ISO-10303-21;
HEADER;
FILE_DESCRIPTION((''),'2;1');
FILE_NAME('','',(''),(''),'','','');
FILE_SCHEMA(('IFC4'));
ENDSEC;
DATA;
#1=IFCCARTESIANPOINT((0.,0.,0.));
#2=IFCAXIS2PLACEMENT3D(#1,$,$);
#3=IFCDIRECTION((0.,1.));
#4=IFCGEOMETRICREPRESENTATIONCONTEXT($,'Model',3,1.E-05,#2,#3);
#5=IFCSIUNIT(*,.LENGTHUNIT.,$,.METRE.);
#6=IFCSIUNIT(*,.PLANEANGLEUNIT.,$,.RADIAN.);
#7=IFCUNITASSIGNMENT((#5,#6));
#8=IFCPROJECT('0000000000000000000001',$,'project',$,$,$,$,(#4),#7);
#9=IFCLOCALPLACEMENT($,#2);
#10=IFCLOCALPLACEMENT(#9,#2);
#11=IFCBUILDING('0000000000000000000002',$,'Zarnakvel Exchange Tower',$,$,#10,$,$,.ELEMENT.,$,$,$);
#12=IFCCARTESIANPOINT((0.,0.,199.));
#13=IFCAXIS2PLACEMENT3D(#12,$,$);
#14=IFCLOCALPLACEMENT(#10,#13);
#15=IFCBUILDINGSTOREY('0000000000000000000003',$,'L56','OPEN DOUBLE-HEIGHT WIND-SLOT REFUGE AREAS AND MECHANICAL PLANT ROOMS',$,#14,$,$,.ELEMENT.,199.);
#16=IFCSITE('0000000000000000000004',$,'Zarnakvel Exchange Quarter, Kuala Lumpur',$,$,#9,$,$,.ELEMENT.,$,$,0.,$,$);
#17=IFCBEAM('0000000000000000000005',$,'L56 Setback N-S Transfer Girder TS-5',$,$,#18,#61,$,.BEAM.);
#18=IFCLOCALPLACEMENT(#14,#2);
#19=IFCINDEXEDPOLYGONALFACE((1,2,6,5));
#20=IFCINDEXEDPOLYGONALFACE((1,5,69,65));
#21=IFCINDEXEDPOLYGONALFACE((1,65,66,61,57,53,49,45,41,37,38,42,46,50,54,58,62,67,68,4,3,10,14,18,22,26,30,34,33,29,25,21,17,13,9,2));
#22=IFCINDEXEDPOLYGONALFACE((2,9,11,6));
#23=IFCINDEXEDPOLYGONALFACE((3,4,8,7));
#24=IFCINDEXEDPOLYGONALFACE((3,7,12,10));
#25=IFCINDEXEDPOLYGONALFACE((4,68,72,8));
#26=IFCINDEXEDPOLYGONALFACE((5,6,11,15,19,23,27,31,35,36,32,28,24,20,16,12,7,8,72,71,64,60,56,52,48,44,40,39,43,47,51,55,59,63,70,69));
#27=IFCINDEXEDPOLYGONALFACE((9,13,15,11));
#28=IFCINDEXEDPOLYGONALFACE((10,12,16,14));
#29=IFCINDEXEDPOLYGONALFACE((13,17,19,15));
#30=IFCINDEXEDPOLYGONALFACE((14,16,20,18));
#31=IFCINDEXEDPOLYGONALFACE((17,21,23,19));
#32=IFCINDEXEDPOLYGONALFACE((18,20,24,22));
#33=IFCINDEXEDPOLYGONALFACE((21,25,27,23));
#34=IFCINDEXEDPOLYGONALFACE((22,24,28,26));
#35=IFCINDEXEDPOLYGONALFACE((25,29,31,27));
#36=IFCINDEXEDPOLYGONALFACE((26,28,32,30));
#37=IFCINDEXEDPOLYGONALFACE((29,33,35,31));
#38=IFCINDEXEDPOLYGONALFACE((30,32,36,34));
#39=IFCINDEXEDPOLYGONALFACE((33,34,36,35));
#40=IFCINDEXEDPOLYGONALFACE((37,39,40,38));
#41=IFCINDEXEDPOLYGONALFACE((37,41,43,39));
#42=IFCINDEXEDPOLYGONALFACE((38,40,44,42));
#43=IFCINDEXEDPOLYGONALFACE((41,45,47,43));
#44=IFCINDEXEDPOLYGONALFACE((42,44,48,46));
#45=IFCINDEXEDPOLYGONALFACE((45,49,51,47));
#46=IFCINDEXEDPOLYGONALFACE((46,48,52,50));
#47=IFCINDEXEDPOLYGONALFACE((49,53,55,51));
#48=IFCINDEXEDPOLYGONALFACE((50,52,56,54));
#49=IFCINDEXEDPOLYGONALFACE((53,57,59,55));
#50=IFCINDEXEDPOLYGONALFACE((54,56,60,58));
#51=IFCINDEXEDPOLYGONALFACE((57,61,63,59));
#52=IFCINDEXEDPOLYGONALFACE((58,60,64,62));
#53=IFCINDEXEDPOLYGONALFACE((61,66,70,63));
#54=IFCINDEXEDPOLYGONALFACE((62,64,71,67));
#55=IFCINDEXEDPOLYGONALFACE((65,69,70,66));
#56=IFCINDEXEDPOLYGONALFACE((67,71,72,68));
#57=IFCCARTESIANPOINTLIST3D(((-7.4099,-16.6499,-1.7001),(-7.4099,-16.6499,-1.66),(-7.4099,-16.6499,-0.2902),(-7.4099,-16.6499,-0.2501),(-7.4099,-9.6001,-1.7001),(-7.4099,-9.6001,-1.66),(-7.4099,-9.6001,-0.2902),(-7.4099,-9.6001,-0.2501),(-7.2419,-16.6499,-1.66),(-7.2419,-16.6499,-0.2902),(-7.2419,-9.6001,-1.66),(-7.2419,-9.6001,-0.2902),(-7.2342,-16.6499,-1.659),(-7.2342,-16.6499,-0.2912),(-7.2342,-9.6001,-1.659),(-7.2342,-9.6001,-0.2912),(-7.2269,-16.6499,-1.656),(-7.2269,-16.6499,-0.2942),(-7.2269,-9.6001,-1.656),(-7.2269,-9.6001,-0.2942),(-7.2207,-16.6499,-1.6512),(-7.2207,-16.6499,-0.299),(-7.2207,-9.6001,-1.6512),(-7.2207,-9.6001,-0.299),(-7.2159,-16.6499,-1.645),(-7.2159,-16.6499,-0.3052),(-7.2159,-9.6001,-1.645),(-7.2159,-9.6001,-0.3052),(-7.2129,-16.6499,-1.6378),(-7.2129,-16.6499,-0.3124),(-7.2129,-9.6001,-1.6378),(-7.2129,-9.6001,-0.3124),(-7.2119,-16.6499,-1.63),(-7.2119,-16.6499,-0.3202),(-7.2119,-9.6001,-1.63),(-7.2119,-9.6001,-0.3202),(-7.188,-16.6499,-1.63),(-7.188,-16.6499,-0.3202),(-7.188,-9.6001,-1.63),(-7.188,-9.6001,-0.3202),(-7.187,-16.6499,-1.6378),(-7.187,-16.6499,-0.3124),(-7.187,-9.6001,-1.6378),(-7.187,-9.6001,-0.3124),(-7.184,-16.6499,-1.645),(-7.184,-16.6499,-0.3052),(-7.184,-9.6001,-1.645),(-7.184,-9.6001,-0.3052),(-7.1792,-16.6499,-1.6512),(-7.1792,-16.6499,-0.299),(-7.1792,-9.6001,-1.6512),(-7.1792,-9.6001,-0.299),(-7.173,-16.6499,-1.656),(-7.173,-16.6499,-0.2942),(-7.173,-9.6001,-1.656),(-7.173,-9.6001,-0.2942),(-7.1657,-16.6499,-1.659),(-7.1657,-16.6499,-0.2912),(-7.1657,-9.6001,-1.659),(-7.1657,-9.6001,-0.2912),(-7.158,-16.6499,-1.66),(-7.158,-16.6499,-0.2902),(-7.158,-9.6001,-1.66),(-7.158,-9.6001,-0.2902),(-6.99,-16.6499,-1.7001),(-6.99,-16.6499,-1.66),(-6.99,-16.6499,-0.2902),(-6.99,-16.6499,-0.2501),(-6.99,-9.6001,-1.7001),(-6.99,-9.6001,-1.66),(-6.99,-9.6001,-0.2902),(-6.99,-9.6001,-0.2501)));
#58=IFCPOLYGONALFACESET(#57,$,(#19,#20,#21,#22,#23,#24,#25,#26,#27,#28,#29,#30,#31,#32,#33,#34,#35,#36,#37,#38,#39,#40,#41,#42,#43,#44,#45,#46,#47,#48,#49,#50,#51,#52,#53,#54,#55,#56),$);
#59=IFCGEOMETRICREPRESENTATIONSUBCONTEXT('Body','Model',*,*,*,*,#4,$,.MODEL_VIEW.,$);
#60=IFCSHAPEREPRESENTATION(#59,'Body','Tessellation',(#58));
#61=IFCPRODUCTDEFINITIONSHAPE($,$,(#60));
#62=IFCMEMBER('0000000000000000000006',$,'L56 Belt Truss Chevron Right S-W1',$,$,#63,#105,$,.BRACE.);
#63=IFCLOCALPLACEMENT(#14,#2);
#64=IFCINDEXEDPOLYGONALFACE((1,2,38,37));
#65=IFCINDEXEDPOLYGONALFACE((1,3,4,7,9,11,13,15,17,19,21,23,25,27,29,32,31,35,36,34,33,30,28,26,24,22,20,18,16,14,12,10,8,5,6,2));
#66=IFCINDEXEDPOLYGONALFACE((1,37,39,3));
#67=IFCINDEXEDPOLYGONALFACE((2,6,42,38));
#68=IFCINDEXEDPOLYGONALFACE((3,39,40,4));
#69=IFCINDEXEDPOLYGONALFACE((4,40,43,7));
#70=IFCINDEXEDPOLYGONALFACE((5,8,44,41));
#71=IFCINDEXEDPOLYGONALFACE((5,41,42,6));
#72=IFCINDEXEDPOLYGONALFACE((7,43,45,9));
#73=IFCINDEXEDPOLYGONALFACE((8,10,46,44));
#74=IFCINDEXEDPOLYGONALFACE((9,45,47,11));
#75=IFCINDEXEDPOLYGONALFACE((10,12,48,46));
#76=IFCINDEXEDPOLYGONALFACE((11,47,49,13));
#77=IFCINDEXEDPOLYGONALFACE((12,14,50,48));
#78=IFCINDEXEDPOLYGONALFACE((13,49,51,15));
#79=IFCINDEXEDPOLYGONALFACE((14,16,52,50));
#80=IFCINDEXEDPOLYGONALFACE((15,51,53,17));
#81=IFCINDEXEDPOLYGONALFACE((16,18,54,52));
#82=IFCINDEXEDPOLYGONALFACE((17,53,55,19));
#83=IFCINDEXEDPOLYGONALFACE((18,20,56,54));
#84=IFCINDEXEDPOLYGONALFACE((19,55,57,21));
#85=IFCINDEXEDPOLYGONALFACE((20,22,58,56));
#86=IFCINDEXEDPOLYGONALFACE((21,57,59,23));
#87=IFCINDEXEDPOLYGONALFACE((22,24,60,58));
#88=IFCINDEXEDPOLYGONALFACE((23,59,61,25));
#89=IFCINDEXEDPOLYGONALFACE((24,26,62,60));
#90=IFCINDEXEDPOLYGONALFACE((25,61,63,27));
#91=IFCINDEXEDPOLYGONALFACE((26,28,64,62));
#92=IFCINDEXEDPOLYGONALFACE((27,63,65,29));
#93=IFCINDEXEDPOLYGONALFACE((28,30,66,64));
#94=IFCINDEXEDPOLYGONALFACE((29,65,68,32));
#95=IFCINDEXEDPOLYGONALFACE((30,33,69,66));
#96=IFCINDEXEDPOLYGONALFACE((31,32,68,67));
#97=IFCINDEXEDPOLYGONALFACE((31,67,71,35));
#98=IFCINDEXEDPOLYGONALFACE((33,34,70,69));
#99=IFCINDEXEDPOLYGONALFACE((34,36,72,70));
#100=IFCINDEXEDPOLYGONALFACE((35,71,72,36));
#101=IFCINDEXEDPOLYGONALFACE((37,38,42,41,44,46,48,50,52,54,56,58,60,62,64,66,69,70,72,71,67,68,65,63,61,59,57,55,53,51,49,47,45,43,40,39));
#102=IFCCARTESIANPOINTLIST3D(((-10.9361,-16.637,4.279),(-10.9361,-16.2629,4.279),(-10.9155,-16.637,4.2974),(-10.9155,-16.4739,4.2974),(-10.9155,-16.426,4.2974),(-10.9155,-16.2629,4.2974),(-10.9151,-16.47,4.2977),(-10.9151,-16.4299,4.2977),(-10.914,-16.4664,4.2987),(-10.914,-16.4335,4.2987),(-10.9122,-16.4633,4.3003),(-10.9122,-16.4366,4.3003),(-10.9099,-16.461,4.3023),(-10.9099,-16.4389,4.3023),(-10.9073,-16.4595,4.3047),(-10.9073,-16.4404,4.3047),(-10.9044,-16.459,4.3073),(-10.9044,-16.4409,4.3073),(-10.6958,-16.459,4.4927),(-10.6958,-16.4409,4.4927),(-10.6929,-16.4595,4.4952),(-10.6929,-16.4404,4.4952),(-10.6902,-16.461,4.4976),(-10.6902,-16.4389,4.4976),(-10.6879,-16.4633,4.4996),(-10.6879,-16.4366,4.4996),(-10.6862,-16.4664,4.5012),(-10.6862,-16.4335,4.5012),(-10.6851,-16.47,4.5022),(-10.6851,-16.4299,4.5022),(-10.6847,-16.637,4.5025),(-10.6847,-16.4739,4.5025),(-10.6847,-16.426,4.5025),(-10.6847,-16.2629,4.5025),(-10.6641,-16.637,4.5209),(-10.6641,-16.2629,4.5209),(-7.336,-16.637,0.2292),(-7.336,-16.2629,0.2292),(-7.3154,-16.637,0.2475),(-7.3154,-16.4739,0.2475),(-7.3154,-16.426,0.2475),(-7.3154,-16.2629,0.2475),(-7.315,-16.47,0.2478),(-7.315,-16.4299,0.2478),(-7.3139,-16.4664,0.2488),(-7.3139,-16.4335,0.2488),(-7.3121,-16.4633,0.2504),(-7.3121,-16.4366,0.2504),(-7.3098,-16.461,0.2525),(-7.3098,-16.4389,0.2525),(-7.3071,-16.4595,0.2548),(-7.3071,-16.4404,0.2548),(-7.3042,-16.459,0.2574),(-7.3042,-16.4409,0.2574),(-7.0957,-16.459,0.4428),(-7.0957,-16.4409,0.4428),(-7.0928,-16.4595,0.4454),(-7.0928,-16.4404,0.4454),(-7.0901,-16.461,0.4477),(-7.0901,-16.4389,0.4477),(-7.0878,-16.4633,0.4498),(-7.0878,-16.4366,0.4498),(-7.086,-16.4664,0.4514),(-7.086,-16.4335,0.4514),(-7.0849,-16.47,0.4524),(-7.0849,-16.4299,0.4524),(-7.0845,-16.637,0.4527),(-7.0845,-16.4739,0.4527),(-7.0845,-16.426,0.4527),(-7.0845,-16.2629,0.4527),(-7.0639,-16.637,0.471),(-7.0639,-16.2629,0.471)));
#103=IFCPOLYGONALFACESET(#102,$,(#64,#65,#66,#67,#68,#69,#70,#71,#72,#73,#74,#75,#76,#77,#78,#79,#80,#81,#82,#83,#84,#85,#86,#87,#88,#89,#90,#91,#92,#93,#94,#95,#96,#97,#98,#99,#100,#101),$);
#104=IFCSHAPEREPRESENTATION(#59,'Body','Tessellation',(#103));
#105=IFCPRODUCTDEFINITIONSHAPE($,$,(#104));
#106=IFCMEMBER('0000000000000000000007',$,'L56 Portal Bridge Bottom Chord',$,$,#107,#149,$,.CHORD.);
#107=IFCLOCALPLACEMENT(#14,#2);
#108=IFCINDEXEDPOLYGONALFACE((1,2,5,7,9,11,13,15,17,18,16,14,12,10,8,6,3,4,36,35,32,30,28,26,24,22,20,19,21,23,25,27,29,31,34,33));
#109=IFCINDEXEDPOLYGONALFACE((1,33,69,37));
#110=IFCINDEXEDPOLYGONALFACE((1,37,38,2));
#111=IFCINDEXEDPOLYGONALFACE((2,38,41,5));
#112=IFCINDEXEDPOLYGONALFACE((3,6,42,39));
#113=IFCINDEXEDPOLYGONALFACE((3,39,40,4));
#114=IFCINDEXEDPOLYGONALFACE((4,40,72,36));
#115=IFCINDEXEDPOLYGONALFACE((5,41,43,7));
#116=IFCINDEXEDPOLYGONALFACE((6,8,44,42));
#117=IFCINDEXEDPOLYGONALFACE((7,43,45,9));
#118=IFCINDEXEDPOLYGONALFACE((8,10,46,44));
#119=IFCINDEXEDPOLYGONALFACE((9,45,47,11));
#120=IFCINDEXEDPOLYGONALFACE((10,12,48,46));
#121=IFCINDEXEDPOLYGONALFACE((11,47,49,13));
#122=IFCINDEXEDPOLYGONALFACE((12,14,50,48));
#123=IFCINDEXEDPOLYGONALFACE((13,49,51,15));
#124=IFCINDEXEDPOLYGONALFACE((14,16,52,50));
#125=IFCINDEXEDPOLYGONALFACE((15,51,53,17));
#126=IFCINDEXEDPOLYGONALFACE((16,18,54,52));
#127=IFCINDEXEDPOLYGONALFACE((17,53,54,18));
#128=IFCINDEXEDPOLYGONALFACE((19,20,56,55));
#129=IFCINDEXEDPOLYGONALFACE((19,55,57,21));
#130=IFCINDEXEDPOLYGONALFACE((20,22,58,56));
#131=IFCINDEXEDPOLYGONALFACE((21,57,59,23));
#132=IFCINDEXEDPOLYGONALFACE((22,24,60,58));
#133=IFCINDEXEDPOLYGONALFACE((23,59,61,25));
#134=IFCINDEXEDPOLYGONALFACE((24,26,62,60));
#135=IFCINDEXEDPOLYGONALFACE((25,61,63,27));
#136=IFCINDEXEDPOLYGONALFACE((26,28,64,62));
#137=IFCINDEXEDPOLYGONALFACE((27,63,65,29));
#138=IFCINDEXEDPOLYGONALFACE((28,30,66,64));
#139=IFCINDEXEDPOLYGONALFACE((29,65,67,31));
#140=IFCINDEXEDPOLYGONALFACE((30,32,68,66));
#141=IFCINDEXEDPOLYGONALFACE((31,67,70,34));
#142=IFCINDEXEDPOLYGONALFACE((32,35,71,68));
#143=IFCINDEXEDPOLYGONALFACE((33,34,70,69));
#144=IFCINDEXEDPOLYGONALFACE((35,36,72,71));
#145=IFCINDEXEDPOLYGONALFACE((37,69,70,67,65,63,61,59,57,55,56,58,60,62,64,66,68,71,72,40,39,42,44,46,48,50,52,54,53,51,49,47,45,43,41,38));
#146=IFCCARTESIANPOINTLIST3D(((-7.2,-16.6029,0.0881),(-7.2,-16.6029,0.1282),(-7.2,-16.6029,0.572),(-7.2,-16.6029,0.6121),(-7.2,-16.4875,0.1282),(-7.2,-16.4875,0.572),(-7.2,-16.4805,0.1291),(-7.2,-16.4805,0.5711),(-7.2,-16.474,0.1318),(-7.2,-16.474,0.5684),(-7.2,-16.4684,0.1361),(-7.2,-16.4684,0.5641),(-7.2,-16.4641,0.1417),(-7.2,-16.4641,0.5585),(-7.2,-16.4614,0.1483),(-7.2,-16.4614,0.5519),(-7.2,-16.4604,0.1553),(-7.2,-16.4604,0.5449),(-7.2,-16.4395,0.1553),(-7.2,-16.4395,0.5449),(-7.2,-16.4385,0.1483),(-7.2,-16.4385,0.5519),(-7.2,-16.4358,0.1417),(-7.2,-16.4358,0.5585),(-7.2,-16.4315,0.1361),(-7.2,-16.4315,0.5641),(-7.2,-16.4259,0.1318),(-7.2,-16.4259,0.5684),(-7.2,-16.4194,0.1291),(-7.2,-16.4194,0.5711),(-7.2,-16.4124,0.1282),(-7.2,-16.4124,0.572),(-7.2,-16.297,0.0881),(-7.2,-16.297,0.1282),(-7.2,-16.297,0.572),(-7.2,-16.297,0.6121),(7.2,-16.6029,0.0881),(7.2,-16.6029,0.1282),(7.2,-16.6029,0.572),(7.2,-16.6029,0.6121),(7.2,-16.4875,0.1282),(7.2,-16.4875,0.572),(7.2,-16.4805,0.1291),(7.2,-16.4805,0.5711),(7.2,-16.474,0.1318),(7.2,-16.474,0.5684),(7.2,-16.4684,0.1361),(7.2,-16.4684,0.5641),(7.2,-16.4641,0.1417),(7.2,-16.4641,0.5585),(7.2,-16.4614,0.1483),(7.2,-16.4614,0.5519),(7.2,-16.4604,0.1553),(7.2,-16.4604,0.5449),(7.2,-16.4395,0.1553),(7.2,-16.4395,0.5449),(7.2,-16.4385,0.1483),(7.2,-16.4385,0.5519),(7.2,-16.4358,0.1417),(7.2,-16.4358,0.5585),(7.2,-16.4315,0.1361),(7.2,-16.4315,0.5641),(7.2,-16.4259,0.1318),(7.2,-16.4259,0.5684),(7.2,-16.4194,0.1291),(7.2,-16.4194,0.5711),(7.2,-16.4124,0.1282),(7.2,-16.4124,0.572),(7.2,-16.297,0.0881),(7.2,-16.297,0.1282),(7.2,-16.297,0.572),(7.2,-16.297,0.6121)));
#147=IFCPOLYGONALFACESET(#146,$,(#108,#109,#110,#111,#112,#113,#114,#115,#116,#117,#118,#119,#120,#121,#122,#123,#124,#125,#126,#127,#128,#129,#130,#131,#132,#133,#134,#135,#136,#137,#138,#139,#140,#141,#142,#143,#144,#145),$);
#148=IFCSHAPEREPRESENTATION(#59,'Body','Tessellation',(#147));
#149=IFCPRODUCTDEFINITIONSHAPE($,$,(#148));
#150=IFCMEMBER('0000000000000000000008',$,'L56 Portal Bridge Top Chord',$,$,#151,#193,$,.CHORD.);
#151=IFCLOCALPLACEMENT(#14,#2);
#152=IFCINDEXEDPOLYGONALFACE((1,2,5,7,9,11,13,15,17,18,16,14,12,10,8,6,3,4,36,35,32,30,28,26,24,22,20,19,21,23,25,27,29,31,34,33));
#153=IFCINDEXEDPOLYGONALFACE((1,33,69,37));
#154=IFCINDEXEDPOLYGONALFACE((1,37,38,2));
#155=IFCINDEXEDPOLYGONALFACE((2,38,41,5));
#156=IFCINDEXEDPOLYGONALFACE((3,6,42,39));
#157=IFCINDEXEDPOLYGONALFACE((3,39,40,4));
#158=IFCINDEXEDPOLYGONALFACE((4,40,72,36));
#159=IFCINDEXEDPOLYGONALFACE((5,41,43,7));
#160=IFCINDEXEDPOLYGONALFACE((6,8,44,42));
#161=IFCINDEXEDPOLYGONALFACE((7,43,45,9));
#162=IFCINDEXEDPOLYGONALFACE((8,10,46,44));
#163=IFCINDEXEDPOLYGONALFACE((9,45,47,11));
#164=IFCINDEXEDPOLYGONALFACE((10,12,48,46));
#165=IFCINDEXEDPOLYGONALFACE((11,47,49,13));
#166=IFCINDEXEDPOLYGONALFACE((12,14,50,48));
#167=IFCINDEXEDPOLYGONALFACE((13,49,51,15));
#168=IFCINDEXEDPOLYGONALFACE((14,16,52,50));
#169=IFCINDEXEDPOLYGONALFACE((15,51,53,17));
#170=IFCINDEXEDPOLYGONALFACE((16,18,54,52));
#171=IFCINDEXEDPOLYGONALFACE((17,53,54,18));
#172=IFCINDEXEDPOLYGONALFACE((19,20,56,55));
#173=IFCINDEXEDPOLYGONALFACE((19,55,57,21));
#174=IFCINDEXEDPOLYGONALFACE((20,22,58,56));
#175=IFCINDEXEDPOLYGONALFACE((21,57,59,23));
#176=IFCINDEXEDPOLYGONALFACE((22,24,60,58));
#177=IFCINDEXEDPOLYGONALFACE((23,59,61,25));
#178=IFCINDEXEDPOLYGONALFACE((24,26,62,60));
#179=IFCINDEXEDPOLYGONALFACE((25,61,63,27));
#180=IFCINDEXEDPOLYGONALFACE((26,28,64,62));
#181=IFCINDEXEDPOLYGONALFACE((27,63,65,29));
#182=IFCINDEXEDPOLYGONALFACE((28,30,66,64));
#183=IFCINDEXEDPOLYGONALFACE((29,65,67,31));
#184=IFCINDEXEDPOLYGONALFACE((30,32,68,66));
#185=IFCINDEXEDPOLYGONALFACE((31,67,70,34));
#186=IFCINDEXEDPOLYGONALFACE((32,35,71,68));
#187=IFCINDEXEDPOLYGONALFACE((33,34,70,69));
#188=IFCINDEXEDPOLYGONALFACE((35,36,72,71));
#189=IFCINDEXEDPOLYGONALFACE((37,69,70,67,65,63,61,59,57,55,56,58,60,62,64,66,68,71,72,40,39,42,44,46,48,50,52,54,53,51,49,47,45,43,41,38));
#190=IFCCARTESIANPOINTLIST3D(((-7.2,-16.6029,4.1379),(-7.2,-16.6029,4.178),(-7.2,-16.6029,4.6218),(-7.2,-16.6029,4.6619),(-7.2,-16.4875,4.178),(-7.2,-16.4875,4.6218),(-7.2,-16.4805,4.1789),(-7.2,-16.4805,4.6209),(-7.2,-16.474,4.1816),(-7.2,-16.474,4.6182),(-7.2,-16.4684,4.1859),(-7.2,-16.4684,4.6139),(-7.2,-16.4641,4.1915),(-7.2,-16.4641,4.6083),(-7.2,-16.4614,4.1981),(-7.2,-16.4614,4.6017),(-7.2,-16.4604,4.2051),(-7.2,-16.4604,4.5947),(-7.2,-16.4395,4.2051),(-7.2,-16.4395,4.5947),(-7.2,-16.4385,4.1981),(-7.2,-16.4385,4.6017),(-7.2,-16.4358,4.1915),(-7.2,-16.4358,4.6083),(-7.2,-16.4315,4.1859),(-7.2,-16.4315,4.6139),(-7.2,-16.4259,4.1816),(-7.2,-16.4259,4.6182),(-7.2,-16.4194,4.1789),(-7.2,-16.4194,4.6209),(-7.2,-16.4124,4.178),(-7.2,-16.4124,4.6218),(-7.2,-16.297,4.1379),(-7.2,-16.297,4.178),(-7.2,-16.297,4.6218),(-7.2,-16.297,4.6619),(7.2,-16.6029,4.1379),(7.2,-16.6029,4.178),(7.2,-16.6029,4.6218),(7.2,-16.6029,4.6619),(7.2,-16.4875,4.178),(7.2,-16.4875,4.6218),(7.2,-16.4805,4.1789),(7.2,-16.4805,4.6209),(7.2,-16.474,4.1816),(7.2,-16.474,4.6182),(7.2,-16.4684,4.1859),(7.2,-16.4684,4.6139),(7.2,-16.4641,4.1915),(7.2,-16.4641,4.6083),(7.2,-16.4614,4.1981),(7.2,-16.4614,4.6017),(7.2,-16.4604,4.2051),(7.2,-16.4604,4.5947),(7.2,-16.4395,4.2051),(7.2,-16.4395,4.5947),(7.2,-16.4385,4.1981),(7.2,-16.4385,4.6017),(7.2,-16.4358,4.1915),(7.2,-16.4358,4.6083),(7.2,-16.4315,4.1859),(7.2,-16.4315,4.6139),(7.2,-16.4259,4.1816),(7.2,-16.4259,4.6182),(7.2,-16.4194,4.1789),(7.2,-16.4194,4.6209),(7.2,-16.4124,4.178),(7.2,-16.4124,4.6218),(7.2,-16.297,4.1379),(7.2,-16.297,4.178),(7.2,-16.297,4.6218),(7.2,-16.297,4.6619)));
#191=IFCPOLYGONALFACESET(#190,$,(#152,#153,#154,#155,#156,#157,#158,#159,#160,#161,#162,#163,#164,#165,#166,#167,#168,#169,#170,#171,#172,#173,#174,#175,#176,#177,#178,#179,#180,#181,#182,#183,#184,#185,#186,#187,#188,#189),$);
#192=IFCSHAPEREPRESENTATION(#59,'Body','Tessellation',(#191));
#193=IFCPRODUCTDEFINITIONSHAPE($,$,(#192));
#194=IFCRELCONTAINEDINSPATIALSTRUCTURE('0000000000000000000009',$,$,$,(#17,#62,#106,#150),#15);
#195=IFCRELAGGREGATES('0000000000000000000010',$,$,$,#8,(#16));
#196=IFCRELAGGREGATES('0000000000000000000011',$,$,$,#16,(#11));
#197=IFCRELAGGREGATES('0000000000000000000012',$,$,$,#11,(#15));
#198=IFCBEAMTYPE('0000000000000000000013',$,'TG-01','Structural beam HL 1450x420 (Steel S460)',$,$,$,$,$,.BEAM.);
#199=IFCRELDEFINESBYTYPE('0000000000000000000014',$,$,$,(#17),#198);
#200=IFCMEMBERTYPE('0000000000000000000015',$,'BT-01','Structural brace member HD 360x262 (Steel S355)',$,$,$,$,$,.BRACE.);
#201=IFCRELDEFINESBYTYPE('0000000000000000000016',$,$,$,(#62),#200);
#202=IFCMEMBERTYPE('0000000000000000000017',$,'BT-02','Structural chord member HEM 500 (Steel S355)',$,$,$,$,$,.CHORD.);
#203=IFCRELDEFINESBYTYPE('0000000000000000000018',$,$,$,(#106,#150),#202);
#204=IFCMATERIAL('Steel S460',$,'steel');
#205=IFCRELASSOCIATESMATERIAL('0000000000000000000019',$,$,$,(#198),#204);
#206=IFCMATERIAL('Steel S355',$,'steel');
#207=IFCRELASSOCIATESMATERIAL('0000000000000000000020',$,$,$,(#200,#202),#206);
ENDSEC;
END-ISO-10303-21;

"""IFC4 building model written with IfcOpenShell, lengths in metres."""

from ifc_helpers import new_model, si_unit, direction, frame, origin, origin_2d, place, context, subcontext, project, spatial, i_section, extrude, source, transform, mapped, material, material_profile, profile_set, type_object, element, save


model = new_model("IFC4")

# Units and contexts
model_context = context("Model", 3, precision=1e-05, world=origin(), true_north=direction((0.0, 1.0)))
body_context = subcontext(model_context, "Body", "Model", "MODEL_VIEW")
ifc_project = project(units=[si_unit("LENGTHUNIT", "METRE"), si_unit("PLANEANGLEUNIT", "RADIAN")], contexts=[model_context])

# Site, building, storey
site_placement = place(None, origin())
site = spatial("IfcSite", under=ifc_project, at=site_placement, Name="Zarnakvel Exchange Quarter, Kuala Lumpur", CompositionType="ELEMENT", RefElevation=0.0)
building_placement = place(site_placement, origin())
building = spatial("IfcBuilding", under=site, at=building_placement, Name="Zarnakvel Exchange Tower", CompositionType="ELEMENT")
storey_placement = place(building_placement, frame((0.0, 0.0, 199.0)))
storey = spatial("IfcBuildingStorey", under=building, at=storey_placement, Name="L56", Description="OPEN DOUBLE-HEIGHT WIND-SLOT REFUGE AREAS AND MECHANICAL PLANT ROOMS", CompositionType="ELEMENT", Elevation=199.0)

# Beam
ifc_material_1 = material(Name="Steel S355", Category="steel")
ifc_material_2 = material(Name="Steel S460", Category="steel")
ifc_material_profile_1 = material_profile(ifc_material_2, i_section(OverallWidth=0.4199, OverallDepth=1.45, WebThickness=0.0239, FlangeThickness=0.04, FilletRadius=0.03, at=origin_2d()))
ifc_profile_set_1 = profile_set([ifc_material_profile_1], Name="Steel S460")
beam_type_1 = type_object("IfcBeamType", Name="TG-01", Description="Structural beam HL 1450x420 (Steel S460)", PredefinedType="BEAM", material=ifc_profile_set_1)
beam_1_placement = place(storey_placement, frame((-7.2, -16.6499, -0.9751), z_axis=(0.0, 1.0, 0.0), x_axis=(-1.0, 0.0, 0.0)))
element("IfcBeam", 1, at=beam_1_placement, inside=storey, type_object=beam_type_1, Name="L56 Setback N-S Transfer Girder TS-5", PredefinedType="BEAM", context=body_context, shape_type="SweptSolid", body=[
    extrude(i_section(OverallWidth=0.4199, OverallDepth=1.45, WebThickness=0.0239, FlangeThickness=0.04, FilletRadius=0.03, at=origin_2d()), origin(), (0.0, 0.0, 1.0), 7.0498),
])

# Members
ifc_material_profile_2 = material_profile(ifc_material_1, i_section(OverallWidth=0.374, OverallDepth=0.364, WebThickness=0.0181, FlangeThickness=0.0276, FilletRadius=0.0149, at=origin_2d()))
ifc_profile_set_2 = profile_set([ifc_material_profile_2], Name="Steel S355")
member_type_1 = type_object("IfcMemberType", Name="BT-01", Description="Structural brace member HD 360x262 (Steel S355)", PredefinedType="BRACE", material=ifc_profile_set_2)
shared_shape_1 = source(origin(), body_context, "Body", "SweptSolid", [
    extrude(i_section(OverallWidth=0.374, OverallDepth=0.364, WebThickness=0.0181, FlangeThickness=0.0276, FilletRadius=0.0149, at=origin_2d()), origin(), (0.0, 0.0, 1.0), 5.4187),
])
member_1_placement = place(storey_placement, frame((-7.2, -16.45, 0.3501), z_axis=(-0.664392, 0.0, 0.747384), x_axis=(0.0, -1.0, 0.0)))
element("IfcMember", 2, at=member_1_placement, inside=storey, type_object=member_type_1, Name="L56 Belt Truss Chevron Right S-W1", PredefinedType="BRACE", context=body_context, shape_type="MappedRepresentation", body=[
    mapped(shared_shape_1, transform((0.0, 0.0, 0.0), x_axis=(1.0, 0.0, 0.0), y_axis=(0.0, 1.0, 0.0), z_axis=(0.0, 0.0, 1.0), scale=1.0)),
])
ifc_material_profile_3 = material_profile(ifc_material_1, i_section(OverallWidth=0.3059, OverallDepth=0.5239, WebThickness=0.021, FlangeThickness=0.04, FilletRadius=0.0271, at=origin_2d()))
ifc_profile_set_3 = profile_set([ifc_material_profile_3], Name="Steel S355")
member_type_2 = type_object("IfcMemberType", Name="BT-02", Description="Structural chord member HEM 500 (Steel S355)", PredefinedType="CHORD", material=ifc_profile_set_3)
shared_shape_2 = source(origin(), body_context, "Body", "SweptSolid", [
    extrude(i_section(OverallWidth=0.3059, OverallDepth=0.5239, WebThickness=0.021, FlangeThickness=0.04, FilletRadius=0.0271, at=origin_2d()), origin(), (0.0, 0.0, 1.0), 14.3999),
])
for number, where, z_axis, x_axis, name in (
    (3, (-7.2, -16.45, 0.3501), (1.0, 0.0, 0.0), (0.0, 1.0, 0.0), "L56 Portal Bridge Bottom Chord"),
    (4, (-7.2, -16.45, 4.3999), (1.0, 0.0, 0.0), (0.0, 1.0, 0.0), "L56 Portal Bridge Top Chord"),
):
    element("IfcMember", number, at=place(storey_placement, frame(where, z_axis=z_axis, x_axis=x_axis)), inside=storey, type_object=member_type_2, Name=name, PredefinedType="CHORD", context=body_context, shape_type="MappedRepresentation", body=[
        mapped(shared_shape_2, transform((0.0, 0.0, 0.0), x_axis=(1.0, 0.0, 0.0), y_axis=(0.0, 1.0, 0.0), z_axis=(0.0, 0.0, 1.0), scale=1.0)),
    ])

save(model, "model.ifc")
